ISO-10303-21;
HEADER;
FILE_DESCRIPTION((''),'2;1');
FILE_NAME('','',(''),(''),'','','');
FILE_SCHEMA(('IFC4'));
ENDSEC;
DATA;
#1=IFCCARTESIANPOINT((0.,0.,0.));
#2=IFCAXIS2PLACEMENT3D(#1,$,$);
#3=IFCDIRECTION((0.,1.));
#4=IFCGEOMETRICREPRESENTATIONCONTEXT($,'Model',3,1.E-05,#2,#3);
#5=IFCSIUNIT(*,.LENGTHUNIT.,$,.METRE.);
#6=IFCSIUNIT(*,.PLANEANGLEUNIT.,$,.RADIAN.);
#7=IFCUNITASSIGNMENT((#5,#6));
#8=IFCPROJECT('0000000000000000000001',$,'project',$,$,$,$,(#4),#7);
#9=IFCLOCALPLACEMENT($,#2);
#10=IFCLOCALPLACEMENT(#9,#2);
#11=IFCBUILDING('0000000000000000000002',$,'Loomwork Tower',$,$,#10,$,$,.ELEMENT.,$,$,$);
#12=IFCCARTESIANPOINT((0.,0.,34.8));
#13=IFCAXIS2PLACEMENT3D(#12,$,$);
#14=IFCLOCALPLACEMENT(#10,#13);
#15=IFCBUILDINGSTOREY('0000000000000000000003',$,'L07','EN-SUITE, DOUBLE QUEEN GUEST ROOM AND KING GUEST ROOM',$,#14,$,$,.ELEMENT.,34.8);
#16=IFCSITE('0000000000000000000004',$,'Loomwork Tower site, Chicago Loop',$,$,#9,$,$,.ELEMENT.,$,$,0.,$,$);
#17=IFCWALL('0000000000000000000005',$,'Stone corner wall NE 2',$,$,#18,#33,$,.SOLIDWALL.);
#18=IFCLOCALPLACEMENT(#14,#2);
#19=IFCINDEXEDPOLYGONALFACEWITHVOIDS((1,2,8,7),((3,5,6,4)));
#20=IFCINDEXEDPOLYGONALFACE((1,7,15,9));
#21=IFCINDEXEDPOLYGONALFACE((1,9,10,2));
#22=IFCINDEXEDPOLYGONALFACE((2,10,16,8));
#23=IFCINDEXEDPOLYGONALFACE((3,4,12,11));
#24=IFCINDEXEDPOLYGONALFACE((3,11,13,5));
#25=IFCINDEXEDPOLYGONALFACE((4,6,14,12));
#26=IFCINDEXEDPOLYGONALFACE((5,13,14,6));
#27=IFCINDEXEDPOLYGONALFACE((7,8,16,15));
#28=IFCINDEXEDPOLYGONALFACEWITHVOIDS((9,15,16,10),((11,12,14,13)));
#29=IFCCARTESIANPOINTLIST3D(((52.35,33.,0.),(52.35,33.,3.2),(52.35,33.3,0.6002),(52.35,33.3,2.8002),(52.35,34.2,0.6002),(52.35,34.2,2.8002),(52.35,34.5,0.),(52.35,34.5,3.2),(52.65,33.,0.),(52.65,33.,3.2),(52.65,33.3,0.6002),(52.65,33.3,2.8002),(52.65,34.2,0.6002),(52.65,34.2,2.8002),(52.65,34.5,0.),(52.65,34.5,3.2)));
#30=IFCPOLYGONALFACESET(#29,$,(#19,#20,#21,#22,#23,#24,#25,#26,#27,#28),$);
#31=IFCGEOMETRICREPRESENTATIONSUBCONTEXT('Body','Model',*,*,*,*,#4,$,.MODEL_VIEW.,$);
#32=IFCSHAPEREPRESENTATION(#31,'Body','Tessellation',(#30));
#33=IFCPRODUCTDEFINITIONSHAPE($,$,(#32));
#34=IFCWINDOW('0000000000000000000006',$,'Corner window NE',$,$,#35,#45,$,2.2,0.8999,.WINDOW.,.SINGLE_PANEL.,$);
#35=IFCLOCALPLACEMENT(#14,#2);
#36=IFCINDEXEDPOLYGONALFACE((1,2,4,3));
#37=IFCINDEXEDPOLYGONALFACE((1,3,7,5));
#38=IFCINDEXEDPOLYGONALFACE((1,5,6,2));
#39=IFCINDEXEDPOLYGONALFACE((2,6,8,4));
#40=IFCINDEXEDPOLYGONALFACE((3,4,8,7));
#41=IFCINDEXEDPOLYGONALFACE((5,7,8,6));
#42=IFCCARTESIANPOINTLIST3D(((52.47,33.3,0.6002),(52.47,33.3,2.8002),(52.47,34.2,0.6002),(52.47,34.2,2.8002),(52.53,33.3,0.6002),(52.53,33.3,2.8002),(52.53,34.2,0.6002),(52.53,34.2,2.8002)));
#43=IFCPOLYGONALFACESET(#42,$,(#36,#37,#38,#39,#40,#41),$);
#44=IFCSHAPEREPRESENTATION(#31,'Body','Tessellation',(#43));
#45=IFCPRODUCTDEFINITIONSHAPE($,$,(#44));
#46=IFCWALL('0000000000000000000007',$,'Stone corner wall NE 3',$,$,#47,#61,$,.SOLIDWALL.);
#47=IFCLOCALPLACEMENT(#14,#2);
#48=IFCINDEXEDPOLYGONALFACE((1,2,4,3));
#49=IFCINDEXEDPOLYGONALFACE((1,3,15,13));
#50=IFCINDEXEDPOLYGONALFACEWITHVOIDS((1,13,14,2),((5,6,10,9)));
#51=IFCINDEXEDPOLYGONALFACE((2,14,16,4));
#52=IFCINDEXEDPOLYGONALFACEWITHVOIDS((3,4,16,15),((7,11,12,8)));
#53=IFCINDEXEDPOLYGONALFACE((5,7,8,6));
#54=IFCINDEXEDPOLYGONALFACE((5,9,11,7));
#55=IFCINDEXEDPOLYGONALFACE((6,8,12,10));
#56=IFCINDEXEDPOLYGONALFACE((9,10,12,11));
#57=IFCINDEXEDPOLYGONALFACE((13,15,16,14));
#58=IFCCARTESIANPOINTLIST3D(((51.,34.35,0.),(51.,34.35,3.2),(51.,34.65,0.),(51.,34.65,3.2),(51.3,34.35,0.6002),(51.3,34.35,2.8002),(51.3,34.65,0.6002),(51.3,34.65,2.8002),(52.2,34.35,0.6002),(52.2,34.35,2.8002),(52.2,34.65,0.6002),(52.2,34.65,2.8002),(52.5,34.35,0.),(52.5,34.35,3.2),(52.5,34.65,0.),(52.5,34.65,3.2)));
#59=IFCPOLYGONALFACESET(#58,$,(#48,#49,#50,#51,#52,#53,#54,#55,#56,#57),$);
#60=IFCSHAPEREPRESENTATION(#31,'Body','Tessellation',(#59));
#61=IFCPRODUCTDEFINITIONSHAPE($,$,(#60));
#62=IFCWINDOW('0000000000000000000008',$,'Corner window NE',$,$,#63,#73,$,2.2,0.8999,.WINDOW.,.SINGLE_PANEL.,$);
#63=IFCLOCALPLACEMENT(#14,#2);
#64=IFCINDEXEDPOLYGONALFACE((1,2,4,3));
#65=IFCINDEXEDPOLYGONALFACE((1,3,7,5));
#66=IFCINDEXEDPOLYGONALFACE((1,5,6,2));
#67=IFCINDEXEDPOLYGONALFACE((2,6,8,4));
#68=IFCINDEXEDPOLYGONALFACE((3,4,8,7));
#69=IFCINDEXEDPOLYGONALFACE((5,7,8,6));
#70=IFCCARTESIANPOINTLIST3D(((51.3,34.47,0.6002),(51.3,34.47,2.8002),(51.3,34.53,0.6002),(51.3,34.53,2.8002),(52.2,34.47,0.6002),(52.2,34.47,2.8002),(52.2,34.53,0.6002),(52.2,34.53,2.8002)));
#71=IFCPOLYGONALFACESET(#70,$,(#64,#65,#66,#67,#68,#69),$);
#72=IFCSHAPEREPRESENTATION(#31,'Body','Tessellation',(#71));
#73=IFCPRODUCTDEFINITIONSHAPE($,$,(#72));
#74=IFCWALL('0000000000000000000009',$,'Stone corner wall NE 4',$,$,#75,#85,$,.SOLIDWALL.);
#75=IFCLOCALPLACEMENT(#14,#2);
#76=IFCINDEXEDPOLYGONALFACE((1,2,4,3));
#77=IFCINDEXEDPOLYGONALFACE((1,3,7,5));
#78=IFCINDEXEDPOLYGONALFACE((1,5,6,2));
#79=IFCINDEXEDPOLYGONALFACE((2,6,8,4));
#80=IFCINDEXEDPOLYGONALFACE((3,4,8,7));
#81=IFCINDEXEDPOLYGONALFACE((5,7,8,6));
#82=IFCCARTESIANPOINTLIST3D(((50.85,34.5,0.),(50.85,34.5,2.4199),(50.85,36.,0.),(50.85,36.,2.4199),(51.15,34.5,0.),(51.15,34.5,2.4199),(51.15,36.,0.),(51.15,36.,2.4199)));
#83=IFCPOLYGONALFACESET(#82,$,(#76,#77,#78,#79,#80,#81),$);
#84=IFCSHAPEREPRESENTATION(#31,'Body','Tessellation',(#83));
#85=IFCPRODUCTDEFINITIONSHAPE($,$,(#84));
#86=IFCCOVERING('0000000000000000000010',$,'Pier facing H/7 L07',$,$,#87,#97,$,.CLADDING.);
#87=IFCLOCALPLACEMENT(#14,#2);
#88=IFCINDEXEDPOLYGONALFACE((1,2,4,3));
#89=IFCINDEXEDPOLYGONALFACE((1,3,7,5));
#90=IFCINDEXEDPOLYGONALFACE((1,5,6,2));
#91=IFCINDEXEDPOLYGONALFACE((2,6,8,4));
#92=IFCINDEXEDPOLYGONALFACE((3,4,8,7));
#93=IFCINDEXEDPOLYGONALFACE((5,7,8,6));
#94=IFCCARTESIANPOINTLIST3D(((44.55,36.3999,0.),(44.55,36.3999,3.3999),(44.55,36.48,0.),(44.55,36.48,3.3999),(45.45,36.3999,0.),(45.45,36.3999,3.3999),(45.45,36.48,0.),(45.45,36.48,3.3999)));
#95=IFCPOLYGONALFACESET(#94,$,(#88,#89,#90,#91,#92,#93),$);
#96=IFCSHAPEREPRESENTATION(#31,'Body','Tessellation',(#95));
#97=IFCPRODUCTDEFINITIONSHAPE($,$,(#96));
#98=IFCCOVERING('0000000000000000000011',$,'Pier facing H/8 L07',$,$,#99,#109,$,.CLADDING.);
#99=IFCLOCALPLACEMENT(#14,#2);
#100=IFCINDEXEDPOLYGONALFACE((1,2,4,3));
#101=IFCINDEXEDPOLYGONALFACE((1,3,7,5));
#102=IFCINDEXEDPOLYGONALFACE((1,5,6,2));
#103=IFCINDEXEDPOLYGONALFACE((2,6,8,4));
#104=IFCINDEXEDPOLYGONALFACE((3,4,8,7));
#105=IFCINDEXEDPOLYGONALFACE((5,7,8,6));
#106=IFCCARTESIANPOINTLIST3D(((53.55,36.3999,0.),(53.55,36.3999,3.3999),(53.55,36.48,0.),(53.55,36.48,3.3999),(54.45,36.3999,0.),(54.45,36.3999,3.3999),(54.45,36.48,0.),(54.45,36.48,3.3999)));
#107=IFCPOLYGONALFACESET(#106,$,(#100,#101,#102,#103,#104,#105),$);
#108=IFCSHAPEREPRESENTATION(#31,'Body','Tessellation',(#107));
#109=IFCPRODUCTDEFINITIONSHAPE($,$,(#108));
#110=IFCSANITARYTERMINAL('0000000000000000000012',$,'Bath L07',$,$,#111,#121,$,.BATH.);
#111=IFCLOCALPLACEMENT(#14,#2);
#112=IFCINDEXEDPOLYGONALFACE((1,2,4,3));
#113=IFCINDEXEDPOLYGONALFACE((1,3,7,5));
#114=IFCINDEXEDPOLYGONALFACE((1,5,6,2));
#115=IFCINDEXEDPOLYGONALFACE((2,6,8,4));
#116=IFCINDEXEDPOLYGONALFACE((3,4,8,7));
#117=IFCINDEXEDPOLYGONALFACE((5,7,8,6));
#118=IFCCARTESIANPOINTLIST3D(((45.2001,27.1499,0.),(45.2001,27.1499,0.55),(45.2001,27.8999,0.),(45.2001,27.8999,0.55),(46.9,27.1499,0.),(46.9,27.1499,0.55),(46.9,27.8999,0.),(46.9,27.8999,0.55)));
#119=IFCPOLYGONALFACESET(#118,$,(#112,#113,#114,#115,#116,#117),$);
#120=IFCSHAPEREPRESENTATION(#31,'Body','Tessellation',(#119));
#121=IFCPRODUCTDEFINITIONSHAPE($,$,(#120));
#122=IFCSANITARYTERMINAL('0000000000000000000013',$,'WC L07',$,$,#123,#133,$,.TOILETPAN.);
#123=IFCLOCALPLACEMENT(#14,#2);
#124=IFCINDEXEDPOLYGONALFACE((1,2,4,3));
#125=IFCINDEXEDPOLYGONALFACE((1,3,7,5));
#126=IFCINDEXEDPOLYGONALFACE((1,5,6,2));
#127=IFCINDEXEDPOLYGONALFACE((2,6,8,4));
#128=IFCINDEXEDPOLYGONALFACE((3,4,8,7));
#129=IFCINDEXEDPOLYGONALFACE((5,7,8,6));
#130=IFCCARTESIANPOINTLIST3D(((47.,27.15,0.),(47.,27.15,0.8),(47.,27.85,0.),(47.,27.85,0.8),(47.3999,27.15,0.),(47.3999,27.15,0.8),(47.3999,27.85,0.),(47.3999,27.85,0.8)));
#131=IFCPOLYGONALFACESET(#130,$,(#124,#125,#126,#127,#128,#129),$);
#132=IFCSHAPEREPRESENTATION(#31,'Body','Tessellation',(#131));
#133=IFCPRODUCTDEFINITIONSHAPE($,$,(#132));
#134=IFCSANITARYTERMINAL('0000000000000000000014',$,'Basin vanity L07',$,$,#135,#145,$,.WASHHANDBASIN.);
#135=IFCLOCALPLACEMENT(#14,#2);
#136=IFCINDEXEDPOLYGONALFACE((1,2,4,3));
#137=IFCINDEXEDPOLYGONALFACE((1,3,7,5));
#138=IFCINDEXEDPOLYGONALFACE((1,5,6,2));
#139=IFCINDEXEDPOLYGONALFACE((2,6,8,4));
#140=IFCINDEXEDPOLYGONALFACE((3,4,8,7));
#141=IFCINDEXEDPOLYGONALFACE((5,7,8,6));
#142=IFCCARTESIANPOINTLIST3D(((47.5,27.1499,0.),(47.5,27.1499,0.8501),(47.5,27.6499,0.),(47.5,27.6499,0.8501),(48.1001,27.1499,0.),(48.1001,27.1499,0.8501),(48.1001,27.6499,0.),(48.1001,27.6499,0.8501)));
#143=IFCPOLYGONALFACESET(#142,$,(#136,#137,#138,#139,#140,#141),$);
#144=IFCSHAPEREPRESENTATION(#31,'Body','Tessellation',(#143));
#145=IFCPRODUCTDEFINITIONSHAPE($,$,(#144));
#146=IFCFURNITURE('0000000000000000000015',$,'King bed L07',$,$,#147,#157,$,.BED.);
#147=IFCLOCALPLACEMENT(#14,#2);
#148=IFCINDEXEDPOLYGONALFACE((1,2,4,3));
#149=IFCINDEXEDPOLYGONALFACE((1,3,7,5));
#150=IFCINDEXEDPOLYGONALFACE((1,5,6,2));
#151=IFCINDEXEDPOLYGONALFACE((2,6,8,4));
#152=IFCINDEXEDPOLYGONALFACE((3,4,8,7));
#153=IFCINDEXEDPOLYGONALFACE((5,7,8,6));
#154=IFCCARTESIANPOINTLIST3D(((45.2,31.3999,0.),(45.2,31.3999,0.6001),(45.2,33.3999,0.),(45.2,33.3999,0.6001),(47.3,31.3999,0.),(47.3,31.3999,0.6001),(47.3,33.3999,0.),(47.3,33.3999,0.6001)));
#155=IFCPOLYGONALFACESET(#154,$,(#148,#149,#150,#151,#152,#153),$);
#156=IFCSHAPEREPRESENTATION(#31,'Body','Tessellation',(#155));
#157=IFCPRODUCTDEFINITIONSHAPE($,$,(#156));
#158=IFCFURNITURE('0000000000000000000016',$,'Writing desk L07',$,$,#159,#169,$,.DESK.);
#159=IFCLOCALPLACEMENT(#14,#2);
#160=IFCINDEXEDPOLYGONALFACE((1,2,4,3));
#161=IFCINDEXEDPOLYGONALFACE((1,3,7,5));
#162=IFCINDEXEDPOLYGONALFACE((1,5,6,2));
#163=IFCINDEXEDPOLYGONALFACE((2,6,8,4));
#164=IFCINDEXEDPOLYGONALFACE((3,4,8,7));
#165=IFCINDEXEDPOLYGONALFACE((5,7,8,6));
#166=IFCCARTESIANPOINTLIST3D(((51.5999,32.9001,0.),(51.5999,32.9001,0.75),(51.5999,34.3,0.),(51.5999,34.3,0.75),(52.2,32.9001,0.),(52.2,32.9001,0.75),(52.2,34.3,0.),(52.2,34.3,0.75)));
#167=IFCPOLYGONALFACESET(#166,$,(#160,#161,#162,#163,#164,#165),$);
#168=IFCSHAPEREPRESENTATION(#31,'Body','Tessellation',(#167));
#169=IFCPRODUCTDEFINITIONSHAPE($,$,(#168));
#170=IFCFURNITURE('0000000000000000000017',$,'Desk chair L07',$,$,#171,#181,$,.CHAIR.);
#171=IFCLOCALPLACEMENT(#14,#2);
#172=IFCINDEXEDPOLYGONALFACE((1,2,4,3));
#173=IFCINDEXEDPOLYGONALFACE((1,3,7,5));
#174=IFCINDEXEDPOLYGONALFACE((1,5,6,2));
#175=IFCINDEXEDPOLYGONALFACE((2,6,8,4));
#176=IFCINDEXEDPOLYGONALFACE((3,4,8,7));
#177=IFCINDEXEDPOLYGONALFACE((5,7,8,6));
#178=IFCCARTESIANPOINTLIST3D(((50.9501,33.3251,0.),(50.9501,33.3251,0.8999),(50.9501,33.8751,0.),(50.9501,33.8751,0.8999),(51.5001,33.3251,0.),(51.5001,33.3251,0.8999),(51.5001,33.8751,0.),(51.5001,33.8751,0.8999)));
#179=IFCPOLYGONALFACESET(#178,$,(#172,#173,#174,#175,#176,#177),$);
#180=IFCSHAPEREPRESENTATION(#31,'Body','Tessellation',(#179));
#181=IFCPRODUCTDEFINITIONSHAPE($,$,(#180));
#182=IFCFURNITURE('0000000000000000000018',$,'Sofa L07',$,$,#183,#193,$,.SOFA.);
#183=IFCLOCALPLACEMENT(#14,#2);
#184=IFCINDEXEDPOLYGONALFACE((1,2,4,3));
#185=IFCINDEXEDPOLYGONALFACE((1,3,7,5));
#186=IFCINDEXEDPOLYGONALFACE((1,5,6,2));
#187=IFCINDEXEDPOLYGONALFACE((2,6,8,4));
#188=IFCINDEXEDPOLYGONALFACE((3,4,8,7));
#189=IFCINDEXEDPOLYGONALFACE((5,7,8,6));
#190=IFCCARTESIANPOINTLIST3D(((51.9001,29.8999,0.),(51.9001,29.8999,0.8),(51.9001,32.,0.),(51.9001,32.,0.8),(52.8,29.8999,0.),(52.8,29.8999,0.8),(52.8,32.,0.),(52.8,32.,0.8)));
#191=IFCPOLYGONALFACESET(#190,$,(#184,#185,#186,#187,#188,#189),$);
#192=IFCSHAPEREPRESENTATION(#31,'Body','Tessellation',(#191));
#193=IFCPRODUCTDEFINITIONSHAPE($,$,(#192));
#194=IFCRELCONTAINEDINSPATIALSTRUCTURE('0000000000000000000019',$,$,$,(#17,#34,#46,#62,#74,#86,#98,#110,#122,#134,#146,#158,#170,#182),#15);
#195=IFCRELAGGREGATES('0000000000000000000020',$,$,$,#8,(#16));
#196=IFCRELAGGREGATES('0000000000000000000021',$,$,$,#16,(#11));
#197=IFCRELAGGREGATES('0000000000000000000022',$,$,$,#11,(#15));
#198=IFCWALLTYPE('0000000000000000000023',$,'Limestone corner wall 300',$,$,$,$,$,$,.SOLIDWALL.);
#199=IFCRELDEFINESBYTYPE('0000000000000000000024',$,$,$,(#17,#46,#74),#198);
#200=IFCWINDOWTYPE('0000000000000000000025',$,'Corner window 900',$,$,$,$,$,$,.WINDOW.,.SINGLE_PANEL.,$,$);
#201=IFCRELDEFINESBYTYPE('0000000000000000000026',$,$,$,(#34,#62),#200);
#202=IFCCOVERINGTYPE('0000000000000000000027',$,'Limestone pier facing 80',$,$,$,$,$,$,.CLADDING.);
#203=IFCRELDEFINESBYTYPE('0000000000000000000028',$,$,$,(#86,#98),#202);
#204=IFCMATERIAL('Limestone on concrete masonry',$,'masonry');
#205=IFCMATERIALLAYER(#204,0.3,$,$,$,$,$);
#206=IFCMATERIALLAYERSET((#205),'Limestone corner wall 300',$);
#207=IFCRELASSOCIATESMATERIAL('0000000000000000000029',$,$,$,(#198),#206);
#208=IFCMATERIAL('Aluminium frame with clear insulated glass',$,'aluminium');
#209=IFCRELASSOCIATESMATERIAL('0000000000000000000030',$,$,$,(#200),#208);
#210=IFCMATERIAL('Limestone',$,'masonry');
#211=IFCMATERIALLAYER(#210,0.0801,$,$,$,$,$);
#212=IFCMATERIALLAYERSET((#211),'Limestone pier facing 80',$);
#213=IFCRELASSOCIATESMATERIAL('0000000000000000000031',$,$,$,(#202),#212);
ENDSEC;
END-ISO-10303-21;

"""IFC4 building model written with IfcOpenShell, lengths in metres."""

from ifc_helpers import new_model, si_unit, direction, frame, frame_2d, origin, origin_2d, place, context, subcontext, project, spatial, rectangle, extrude, material, layer, layer_set, type_object, element, fill, save


model = new_model("IFC4")

# Units and contexts
model_context = context("Model", 3, precision=1e-05, world=origin(), true_north=direction((0.0, 1.0)))
body_context = subcontext(model_context, "Body", "Model", "MODEL_VIEW")
ifc_project = project(units=[si_unit("LENGTHUNIT", "METRE"), si_unit("PLANEANGLEUNIT", "RADIAN")], contexts=[model_context])

# Site, building, storey
site_placement = place(None, origin())
site = spatial("IfcSite", under=ifc_project, at=site_placement, Name="Loomwork Tower site, Chicago Loop", CompositionType="ELEMENT", RefElevation=0.0)
building_placement = place(site_placement, origin())
building = spatial("IfcBuilding", under=site, at=building_placement, Name="Loomwork Tower", CompositionType="ELEMENT")
storey_placement = place(building_placement, frame((0.0, 0.0, 34.8)))
storey = spatial("IfcBuildingStorey", under=building, at=storey_placement, Name="L07", Description="EN-SUITE, DOUBLE QUEEN GUEST ROOM AND KING GUEST ROOM", CompositionType="ELEMENT", Elevation=34.8)

# Shared definitions
ifc_material_1 = material(Name="Limestone on concrete masonry", Category="masonry")
ifc_layer_1 = layer(ifc_material_1, 0.3)
ifc_layer_set_1 = layer_set([ifc_layer_1], Name="Limestone corner wall 300")
wall_type_1 = type_object("IfcWallType", Name="Limestone corner wall 300", PredefinedType="SOLIDWALL", material=ifc_layer_set_1)

# Walls, openings, windows
wall_1_placement = place(storey_placement, frame((52.5, 33.0, 0.0), z_axis=(0.0, 0.0, 1.0), x_axis=(0.0, 1.0, 0.0)))
wall_1 = element("IfcWall", 1, at=wall_1_placement, inside=storey, type_object=wall_type_1, Name="Stone corner wall NE 2", PredefinedType="SOLIDWALL", context=body_context, shape_type="SweptSolid", body=[
    extrude(rectangle(XDim=1.5, YDim=0.3, at=frame_2d((0.75, 0.0))), origin(), (0.0, 0.0, 1.0), 3.2),
])
opening_1_placement = place(wall_1_placement, frame((0.3, 0.0, 0.6001)))
opening_1 = element("IfcOpeningElement", 2, at=opening_1_placement, cuts=wall_1, PredefinedType="OPENING", context=body_context, shape_type="SweptSolid", body=[
    extrude(rectangle(XDim=0.8999, YDim=2.2, at=frame_2d((0.45, 1.1001))), frame((0.0, 0.1599, 0.0), z_axis=(0.0, -1.0, 0.0), x_axis=(1.0, 0.0, 0.0)), (0.0, 0.0, 1.0), 0.3201),
])
ifc_material_2 = material(Name="Aluminium frame with clear insulated glass", Category="aluminium")
window_type_1 = type_object("IfcWindowType", Name="Corner window 900", PartitioningType="SINGLE_PANEL", PredefinedType="WINDOW", material=ifc_material_2)
window_1_placement = place(opening_1_placement, origin())
window_1 = element("IfcWindow", 3, at=window_1_placement, inside=storey, type_object=window_type_1, Name="Corner window NE", OverallHeight=2.2, OverallWidth=0.8999, PartitioningType="SINGLE_PANEL", PredefinedType="WINDOW", context=body_context, shape_type="SweptSolid", body=[
    extrude(rectangle(XDim=0.8999, YDim=2.2, at=frame_2d((0.45, 1.1001))), frame((0.0, 0.03, 0.0), z_axis=(0.0, -1.0, 0.0), x_axis=(1.0, 0.0, 0.0)), (0.0, 0.0, 1.0), 0.0601),
])
fill(opening_1, window_1)
wall_2_placement = place(storey_placement, frame((52.5, 34.5, 0.0), z_axis=(0.0, 0.0, 1.0), x_axis=(-1.0, 0.0, 0.0)))
wall_2 = element("IfcWall", 4, at=wall_2_placement, inside=storey, type_object=wall_type_1, Name="Stone corner wall NE 3", PredefinedType="SOLIDWALL", context=body_context, shape_type="SweptSolid", body=[
    extrude(rectangle(XDim=1.5, YDim=0.3, at=frame_2d((0.75, 0.0))), origin(), (0.0, 0.0, 1.0), 3.2),
])
opening_2_placement = place(wall_2_placement, frame((0.3, 0.0, 0.6001)))
opening_2 = element("IfcOpeningElement", 5, at=opening_2_placement, cuts=wall_2, PredefinedType="OPENING", context=body_context, shape_type="SweptSolid", body=[
    extrude(rectangle(XDim=0.8999, YDim=2.2, at=frame_2d((0.45, 1.1001))), frame((0.0, 0.1599, 0.0), z_axis=(0.0, -1.0, 0.0), x_axis=(1.0, 0.0, 0.0)), (0.0, 0.0, 1.0), 0.3201),
])
window_2_placement = place(opening_2_placement, origin())
window_2 = element("IfcWindow", 6, at=window_2_placement, inside=storey, type_object=window_type_1, Name="Corner window NE", OverallHeight=2.2, OverallWidth=0.8999, PartitioningType="SINGLE_PANEL", PredefinedType="WINDOW", context=body_context, shape_type="SweptSolid", body=[
    extrude(rectangle(XDim=0.8999, YDim=2.2, at=frame_2d((0.45, 1.1001))), frame((0.0, 0.03, 0.0), z_axis=(0.0, -1.0, 0.0), x_axis=(1.0, 0.0, 0.0)), (0.0, 0.0, 1.0), 0.0601),
])
fill(opening_2, window_2)

# Wall
wall_3_placement = place(storey_placement, frame((51.0, 34.5, 0.0), z_axis=(0.0, 0.0, 1.0), x_axis=(0.0, 1.0, 0.0)))
element("IfcWall", 7, at=wall_3_placement, inside=storey, type_object=wall_type_1, Name="Stone corner wall NE 4", PredefinedType="SOLIDWALL", context=body_context, shape_type="SweptSolid", body=[
    extrude(rectangle(XDim=1.5, YDim=0.3, at=frame_2d((0.75, 0.0))), origin(), (0.0, 0.0, 1.0), 2.4199),
])

# Coverings
ifc_material_3 = material(Name="Limestone", Category="masonry")
ifc_layer_2 = layer(ifc_material_3, 0.0801)
ifc_layer_set_2 = layer_set([ifc_layer_2], Name="Limestone pier facing 80")
covering_type = type_object("IfcCoveringType", Name="Limestone pier facing 80", PredefinedType="CLADDING", material=ifc_layer_set_2)
for number, where, z_axis, x_axis, name in (
    (8, (45.0, 36.4399, 0.0), (0.0, 0.0, 1.0), (1.0, 0.0, 0.0), "Pier facing H/7 L07"),
    (9, (54.0, 36.4399, 0.0), (0.0, 0.0, 1.0), (1.0, 0.0, 0.0), "Pier facing H/8 L07"),
):
    element("IfcCovering", number, at=place(storey_placement, frame(where, z_axis=z_axis, x_axis=x_axis)), inside=storey, type_object=covering_type, Name=name, PredefinedType="CLADDING", context=body_context, shape_type="SweptSolid", body=[
        extrude(rectangle(XDim=0.8999, YDim=0.0801, at=origin_2d()), origin(), (0.0, 0.0, 1.0), 3.3999),
    ])

# Sanitary terminals
sanitary_terminal_1_placement = place(storey_placement, frame((46.05, 27.5249, 0.0), z_axis=(0.0, 0.0, 1.0), x_axis=(1.0, 0.0, 0.0)))
element("IfcSanitaryTerminal", 10, at=sanitary_terminal_1_placement, inside=storey, Name="Bath L07", PredefinedType="BATH", context=body_context, shape_type="SweptSolid", body=[
    extrude(rectangle(XDim=1.7, YDim=0.75, at=origin_2d()), origin(), (0.0, 0.0, 1.0), 0.55),
])
sanitary_terminal_2_placement = place(storey_placement, frame((47.2, 27.5, 0.0), z_axis=(0.0, 0.0, 1.0), x_axis=(1.0, 0.0, 0.0)))
element("IfcSanitaryTerminal", 11, at=sanitary_terminal_2_placement, inside=storey, Name="WC L07", PredefinedType="TOILETPAN", context=body_context, shape_type="SweptSolid", body=[
    extrude(rectangle(XDim=0.3999, YDim=0.7, at=origin_2d()), origin(), (0.0, 0.0, 1.0), 0.8),
])
sanitary_terminal_3_placement = place(storey_placement, frame((47.8, 27.3999, 0.0), z_axis=(0.0, 0.0, 1.0), x_axis=(1.0, 0.0, 0.0)))
element("IfcSanitaryTerminal", 12, at=sanitary_terminal_3_placement, inside=storey, Name="Basin vanity L07", PredefinedType="WASHHANDBASIN", context=body_context, shape_type="SweptSolid", body=[
    extrude(rectangle(XDim=0.6001, YDim=0.5, at=origin_2d()), origin(), (0.0, 0.0, 1.0), 0.8501),
])

# Furniture
furniture_1_placement = place(storey_placement, frame((46.25, 32.3999, 0.0), z_axis=(0.0, 0.0, 1.0), x_axis=(1.0, 0.0, 0.0)))
element("IfcFurniture", 13, at=furniture_1_placement, inside=storey, Name="King bed L07", PredefinedType="BED", context=body_context, shape_type="SweptSolid", body=[
    extrude(rectangle(XDim=2.1001, YDim=2.0, at=origin_2d()), origin(), (0.0, 0.0, 1.0), 0.6001),
])
furniture_2_placement = place(storey_placement, frame((51.8999, 33.6001, 0.0), z_axis=(0.0, 0.0, 1.0), x_axis=(1.0, 0.0, 0.0)))
element("IfcFurniture", 14, at=furniture_2_placement, inside=storey, Name="Writing desk L07", PredefinedType="DESK", context=body_context, shape_type="SweptSolid", body=[
    extrude(rectangle(XDim=0.6001, YDim=1.3999, at=origin_2d()), origin(), (0.0, 0.0, 1.0), 0.75),
])
furniture_3_placement = place(storey_placement, frame((51.2251, 33.6001, 0.0), z_axis=(0.0, 0.0, 1.0), x_axis=(1.0, 0.0, 0.0)))
element("IfcFurniture", 15, at=furniture_3_placement, inside=storey, Name="Desk chair L07", PredefinedType="CHAIR", context=body_context, shape_type="SweptSolid", body=[
    extrude(rectangle(XDim=0.55, YDim=0.55, at=origin_2d()), origin(), (0.0, 0.0, 1.0), 0.8999),
])
furniture_4_placement = place(storey_placement, frame((52.3501, 30.95, 0.0), z_axis=(0.0, 0.0, 1.0), x_axis=(1.0, 0.0, 0.0)))
element("IfcFurniture", 16, at=furniture_4_placement, inside=storey, Name="Sofa L07", PredefinedType="SOFA", context=body_context, shape_type="SweptSolid", body=[
    extrude(rectangle(XDim=0.8999, YDim=2.1001, at=origin_2d()), origin(), (0.0, 0.0, 1.0), 0.8),
])

save(model, "model.ifc")
